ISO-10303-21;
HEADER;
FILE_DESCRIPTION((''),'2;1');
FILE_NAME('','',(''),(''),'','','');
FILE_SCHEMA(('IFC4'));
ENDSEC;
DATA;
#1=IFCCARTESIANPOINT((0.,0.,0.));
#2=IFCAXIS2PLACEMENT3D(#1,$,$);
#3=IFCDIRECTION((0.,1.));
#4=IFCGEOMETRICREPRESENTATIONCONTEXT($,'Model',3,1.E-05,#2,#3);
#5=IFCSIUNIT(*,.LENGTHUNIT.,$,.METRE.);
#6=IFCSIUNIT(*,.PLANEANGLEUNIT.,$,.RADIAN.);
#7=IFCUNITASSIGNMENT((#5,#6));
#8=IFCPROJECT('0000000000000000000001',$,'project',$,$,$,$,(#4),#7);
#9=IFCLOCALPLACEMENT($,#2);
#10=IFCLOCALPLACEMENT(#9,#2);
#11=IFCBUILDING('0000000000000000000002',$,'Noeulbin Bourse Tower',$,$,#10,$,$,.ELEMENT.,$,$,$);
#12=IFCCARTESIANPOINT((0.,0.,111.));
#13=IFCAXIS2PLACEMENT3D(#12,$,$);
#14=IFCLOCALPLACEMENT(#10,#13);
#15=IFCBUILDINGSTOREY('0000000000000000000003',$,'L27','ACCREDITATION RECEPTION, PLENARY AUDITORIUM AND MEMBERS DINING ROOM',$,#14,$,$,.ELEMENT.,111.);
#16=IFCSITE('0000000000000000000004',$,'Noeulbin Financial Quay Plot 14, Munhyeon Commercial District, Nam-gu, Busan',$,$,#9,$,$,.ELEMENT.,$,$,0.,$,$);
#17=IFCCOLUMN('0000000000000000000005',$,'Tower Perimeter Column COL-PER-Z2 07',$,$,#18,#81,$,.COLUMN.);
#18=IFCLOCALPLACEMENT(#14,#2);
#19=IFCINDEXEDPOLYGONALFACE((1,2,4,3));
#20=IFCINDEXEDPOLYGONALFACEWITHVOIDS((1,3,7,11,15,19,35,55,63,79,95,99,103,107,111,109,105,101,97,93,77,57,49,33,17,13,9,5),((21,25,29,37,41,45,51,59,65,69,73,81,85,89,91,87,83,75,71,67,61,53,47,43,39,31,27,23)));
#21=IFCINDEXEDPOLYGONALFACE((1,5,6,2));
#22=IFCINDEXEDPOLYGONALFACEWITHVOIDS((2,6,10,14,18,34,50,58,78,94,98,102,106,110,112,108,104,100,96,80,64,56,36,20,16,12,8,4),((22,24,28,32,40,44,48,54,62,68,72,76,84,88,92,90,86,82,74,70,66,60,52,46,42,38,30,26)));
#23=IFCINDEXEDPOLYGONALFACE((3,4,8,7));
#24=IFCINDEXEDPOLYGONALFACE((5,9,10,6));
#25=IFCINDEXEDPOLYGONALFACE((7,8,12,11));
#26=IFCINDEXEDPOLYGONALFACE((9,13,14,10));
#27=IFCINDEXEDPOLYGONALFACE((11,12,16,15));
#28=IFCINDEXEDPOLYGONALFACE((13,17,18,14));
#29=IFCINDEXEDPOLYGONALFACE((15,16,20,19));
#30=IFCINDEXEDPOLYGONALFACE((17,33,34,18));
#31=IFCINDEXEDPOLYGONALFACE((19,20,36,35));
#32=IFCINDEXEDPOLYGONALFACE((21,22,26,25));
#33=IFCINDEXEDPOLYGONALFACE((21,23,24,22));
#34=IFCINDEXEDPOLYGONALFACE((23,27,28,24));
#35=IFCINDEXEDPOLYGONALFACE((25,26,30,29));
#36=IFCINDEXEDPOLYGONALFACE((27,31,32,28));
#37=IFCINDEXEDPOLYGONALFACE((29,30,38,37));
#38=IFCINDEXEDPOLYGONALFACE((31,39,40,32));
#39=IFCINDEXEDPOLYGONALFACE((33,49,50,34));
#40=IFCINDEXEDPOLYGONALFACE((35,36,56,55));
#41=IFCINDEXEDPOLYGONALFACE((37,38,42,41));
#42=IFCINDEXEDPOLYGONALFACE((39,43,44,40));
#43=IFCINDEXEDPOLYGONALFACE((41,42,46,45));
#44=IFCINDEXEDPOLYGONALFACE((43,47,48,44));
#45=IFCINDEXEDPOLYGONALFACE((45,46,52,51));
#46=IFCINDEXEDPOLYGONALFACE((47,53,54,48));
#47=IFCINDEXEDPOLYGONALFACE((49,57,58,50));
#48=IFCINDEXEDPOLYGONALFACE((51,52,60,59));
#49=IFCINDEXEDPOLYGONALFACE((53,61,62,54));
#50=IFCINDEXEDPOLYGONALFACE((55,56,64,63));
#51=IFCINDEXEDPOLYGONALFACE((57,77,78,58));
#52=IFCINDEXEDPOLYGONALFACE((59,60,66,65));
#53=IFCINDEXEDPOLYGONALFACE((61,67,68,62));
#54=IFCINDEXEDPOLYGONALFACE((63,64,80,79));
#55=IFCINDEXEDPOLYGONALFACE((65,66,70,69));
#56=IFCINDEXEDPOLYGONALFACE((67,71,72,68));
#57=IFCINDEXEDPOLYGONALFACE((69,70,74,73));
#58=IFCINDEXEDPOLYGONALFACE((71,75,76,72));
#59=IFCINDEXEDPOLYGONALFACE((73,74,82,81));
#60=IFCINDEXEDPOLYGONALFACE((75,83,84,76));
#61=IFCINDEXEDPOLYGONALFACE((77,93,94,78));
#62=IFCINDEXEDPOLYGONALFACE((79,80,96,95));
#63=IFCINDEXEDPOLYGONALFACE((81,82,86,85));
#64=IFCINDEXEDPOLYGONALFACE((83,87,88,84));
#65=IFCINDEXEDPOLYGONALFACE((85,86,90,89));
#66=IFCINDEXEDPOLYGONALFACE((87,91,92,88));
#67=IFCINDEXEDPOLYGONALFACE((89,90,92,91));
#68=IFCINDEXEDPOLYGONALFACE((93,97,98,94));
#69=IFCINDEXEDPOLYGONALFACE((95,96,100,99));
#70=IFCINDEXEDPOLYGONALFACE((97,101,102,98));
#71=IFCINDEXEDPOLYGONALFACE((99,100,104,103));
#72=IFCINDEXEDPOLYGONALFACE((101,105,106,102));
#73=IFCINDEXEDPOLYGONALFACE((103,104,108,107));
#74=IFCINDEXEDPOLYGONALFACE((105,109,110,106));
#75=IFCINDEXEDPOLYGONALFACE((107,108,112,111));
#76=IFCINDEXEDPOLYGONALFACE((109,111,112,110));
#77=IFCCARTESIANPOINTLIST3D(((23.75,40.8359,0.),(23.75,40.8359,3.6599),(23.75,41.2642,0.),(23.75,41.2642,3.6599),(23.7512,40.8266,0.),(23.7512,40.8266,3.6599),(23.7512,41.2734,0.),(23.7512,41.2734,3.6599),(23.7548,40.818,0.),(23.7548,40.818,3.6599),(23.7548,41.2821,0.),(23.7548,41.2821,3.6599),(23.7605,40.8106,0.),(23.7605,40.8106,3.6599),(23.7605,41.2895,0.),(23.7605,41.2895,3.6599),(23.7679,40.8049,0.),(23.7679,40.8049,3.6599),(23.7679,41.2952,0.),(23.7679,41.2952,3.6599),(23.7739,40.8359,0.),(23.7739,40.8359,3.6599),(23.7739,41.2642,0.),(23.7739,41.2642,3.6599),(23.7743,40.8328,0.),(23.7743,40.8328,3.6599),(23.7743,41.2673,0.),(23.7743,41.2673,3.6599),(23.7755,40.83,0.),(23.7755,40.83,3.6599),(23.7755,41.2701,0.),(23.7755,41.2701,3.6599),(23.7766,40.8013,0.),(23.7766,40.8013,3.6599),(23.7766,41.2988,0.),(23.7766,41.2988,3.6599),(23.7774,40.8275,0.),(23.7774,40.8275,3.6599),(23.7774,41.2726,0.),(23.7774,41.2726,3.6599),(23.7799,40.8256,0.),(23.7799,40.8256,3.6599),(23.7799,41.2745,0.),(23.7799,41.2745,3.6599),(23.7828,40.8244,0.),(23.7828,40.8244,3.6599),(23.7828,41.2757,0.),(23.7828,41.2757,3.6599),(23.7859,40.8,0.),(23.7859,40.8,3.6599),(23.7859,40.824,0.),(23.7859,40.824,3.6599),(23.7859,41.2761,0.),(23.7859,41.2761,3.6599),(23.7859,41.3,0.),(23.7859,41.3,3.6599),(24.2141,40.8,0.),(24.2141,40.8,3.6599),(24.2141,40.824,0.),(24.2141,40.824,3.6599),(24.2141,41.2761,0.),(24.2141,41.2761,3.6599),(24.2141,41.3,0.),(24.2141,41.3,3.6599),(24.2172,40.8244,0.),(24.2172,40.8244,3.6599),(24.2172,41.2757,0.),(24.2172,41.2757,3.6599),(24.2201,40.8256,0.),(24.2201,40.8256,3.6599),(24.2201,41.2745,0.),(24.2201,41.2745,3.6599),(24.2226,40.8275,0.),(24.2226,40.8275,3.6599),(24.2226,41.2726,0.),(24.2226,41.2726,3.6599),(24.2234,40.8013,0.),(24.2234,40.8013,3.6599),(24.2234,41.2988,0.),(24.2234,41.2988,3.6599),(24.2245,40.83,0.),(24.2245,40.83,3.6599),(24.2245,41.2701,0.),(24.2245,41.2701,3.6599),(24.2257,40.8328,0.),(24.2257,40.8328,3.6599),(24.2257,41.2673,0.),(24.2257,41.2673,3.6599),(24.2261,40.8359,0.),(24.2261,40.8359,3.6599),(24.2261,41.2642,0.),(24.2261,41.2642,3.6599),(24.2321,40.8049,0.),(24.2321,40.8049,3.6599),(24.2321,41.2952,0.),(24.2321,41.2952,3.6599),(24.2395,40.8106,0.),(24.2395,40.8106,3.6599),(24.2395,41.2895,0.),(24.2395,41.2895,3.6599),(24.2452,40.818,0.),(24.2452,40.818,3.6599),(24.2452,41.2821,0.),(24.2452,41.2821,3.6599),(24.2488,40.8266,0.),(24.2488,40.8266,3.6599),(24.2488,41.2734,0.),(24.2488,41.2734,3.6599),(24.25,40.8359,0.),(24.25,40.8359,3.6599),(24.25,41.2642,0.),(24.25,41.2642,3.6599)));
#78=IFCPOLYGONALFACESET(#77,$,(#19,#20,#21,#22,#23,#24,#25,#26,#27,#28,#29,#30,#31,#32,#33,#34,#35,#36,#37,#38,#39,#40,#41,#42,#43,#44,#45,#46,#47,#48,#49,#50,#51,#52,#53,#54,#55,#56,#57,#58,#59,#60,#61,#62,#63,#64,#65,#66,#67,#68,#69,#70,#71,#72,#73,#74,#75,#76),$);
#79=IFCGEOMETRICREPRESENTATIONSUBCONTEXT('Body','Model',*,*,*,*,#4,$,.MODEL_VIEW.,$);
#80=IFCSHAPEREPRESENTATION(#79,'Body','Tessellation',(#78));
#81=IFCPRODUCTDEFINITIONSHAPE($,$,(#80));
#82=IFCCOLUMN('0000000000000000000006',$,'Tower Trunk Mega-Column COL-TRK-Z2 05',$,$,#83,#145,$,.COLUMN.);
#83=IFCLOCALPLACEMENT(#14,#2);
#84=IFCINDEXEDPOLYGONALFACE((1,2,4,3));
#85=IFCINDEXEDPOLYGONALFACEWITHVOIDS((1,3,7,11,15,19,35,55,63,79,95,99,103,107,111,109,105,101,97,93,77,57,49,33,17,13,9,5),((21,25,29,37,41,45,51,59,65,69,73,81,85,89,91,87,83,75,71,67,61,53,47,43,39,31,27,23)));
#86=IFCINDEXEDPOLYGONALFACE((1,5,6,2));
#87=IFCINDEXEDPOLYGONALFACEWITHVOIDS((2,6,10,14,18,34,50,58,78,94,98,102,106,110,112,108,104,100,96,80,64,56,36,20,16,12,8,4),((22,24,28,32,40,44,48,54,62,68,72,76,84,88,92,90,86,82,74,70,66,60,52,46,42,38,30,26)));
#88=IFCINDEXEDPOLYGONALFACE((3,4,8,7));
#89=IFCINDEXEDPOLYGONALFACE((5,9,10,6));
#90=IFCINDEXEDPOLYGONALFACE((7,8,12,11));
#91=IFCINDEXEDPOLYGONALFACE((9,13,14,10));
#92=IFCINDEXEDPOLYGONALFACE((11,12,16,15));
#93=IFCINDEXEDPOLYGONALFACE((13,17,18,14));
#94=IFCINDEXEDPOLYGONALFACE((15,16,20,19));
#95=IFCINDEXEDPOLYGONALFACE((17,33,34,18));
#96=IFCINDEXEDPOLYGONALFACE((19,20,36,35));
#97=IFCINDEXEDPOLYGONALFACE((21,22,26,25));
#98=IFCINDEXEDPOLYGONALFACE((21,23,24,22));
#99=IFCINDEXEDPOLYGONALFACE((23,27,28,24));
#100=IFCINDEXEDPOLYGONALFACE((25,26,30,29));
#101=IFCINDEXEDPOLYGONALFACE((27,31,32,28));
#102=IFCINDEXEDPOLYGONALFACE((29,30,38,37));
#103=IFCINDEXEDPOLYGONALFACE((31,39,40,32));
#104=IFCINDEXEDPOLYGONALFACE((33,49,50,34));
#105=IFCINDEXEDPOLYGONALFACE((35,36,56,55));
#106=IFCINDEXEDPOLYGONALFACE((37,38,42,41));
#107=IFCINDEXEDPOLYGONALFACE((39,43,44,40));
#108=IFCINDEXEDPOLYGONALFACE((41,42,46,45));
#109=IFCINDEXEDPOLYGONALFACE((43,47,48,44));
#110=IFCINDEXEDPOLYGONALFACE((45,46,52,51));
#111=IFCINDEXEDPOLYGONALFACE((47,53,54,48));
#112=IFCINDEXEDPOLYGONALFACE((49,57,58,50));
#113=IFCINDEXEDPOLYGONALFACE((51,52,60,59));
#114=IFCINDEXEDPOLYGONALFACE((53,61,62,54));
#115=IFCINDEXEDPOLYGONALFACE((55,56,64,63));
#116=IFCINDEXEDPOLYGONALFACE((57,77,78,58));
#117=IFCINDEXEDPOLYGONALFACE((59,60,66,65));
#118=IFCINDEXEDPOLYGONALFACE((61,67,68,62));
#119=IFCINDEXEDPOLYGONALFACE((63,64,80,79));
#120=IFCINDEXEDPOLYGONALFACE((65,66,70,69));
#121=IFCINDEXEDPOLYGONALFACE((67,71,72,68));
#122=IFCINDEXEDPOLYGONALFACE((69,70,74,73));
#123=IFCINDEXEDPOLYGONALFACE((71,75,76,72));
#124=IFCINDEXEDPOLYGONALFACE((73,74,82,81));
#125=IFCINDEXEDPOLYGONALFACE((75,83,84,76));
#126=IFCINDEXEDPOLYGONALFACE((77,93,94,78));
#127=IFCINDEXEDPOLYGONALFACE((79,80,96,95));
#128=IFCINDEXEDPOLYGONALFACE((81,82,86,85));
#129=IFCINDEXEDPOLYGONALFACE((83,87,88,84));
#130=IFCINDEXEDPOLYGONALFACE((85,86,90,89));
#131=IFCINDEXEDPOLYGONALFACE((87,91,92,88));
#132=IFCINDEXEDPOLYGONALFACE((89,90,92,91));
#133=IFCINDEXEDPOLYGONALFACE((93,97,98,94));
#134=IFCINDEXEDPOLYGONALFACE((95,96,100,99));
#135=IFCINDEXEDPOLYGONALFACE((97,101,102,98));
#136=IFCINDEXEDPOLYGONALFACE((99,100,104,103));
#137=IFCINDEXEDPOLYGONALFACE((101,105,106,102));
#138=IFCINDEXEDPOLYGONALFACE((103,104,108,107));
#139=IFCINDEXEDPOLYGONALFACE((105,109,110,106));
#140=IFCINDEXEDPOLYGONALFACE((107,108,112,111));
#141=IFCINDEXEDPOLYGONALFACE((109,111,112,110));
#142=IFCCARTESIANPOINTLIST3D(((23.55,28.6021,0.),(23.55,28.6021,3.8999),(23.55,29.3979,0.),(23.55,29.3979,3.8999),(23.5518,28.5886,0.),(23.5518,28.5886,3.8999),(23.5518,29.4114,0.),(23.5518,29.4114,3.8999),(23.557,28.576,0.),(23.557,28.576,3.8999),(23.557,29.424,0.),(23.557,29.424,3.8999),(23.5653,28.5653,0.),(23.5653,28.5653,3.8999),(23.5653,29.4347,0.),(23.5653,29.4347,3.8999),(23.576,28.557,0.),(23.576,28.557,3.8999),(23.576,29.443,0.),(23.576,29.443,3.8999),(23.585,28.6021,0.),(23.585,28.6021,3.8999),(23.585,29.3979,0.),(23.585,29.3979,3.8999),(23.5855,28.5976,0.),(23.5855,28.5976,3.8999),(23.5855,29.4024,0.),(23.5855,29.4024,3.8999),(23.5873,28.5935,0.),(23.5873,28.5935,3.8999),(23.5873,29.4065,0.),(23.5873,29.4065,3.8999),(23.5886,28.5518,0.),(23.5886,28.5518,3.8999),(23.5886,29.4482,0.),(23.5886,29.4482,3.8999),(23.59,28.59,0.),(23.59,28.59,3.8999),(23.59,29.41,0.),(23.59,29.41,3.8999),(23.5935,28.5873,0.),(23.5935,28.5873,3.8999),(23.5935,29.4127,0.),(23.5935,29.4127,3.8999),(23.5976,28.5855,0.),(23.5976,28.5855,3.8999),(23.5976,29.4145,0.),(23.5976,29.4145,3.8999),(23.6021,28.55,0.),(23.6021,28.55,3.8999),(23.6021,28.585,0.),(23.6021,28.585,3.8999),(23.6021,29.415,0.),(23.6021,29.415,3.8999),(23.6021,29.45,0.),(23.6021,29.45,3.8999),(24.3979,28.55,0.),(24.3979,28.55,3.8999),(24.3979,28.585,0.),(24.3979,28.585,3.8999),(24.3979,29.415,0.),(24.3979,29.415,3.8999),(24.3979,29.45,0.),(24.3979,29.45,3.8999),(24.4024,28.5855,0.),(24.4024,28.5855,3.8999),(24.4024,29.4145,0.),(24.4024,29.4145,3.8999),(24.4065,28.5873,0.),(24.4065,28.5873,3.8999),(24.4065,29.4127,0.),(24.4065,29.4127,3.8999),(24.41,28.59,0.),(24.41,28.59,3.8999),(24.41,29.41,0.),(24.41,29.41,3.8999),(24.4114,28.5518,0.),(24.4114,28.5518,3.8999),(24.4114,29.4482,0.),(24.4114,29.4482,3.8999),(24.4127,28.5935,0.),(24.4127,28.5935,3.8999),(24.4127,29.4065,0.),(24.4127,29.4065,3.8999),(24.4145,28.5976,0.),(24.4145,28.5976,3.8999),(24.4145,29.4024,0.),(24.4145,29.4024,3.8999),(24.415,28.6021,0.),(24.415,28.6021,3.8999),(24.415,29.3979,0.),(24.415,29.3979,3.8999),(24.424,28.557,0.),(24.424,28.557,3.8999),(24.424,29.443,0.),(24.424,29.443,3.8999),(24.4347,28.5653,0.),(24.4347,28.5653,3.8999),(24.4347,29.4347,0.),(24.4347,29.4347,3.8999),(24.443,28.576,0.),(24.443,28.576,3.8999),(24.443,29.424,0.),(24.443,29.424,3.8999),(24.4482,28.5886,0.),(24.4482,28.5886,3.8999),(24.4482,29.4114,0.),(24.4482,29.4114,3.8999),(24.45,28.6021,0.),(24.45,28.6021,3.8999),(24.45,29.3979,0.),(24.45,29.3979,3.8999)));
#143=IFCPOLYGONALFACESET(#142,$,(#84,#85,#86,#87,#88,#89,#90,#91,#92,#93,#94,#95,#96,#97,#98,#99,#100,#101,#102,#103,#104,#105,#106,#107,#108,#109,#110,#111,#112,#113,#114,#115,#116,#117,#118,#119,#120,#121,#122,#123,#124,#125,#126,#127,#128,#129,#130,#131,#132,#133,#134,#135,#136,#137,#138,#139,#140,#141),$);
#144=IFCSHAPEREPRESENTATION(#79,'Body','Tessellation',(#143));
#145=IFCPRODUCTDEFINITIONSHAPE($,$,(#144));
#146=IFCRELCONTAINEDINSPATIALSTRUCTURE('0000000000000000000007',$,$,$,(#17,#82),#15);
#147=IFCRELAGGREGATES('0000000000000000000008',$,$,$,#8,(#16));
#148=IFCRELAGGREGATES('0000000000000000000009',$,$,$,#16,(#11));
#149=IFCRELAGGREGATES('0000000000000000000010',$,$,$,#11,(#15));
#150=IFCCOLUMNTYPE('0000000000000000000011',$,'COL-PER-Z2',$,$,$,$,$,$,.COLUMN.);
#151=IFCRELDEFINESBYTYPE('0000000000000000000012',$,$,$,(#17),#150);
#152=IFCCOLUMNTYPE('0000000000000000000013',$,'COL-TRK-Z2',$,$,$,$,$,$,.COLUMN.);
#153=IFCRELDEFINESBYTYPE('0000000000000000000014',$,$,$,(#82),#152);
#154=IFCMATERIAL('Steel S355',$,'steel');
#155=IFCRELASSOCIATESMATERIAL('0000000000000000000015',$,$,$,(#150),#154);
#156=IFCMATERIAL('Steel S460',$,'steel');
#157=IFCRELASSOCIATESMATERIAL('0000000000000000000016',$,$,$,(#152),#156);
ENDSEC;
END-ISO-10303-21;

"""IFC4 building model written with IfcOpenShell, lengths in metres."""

from ifc_helpers import new_model, si_unit, direction, frame, origin, origin_2d, place, context, subcontext, project, spatial, hollow_rectangle, extrude, material, material_profile, profile_set, type_object, element, save


model = new_model("IFC4")

# Units and contexts
model_context = context("Model", 3, precision=1e-05, world=origin(), true_north=direction((0.0, 1.0)))
body_context = subcontext(model_context, "Body", "Model", "MODEL_VIEW")
ifc_project = project(units=[si_unit("LENGTHUNIT", "METRE"), si_unit("PLANEANGLEUNIT", "RADIAN")], contexts=[model_context])

# Site, building, storey
site_placement = place(None, origin())
site = spatial("IfcSite", under=ifc_project, at=site_placement, Name="Noeulbin Financial Quay Plot 14, Munhyeon Commercial District, Nam-gu, Busan", CompositionType="ELEMENT", RefElevation=0.0)
building_placement = place(site_placement, origin())
building = spatial("IfcBuilding", under=site, at=building_placement, Name="Noeulbin Bourse Tower", CompositionType="ELEMENT")
storey_placement = place(building_placement, frame((0.0, 0.0, 111.0)))
storey = spatial("IfcBuildingStorey", under=building, at=storey_placement, Name="L27", Description="ACCREDITATION RECEPTION, PLENARY AUDITORIUM AND MEMBERS DINING ROOM", CompositionType="ELEMENT", Elevation=111.0)

# Columns
ifc_material_1 = material(Name="Steel S355", Category="steel")
ifc_material_profile_1 = material_profile(ifc_material_1, hollow_rectangle(XDim=0.5, YDim=0.5, WallThickness=0.0239, InnerFilletRadius=0.012, OuterFilletRadius=0.0359, at=origin_2d()), Name="BOX-500x500x24", Category="LoadBearing")
ifc_profile_set_1 = profile_set([ifc_material_profile_1], Name="Steel S355")
column_type_1 = type_object("IfcColumnType", Name="COL-PER-Z2", PredefinedType="COLUMN", material=ifc_profile_set_1)
column_placement = place(storey_placement, frame((24.0, 41.05, 0.0), z_axis=(0.0, 0.0, 1.0), x_axis=(1.0, 0.0, 0.0)))
element("IfcColumn", 1, at=column_placement, inside=storey, type_object=column_type_1, Name="Tower Perimeter Column COL-PER-Z2 07", PredefinedType="COLUMN", context=body_context, shape_type="SweptSolid", body=[
    extrude(hollow_rectangle(XDim=0.5, YDim=0.5, WallThickness=0.0239, InnerFilletRadius=0.012, OuterFilletRadius=0.0359, at=origin_2d()), origin(), (0.0, 0.0, 1.0), 3.6599),
])
ifc_material_2 = material(Name="Steel S460", Category="steel")
ifc_material_profile_2 = material_profile(ifc_material_2, hollow_rectangle(XDim=0.8999, YDim=0.8999, WallThickness=0.0349, InnerFilletRadius=0.0171, OuterFilletRadius=0.052, at=origin_2d()), Name="BOX-900x900x35", Category="LoadBearing")
ifc_profile_set_2 = profile_set([ifc_material_profile_2], Name="Steel S460")
column_type_2 = type_object("IfcColumnType", Name="COL-TRK-Z2", PredefinedType="COLUMN", material=ifc_profile_set_2)
for number, where, z_axis, x_axis, name in (
    (2, (24.0, 29.0, 0.0), (0.0, 0.0, 1.0), (1.0, 0.0, 0.0), "Tower Trunk Mega-Column COL-TRK-Z2 05"),
):
    element("IfcColumn", number, at=place(storey_placement, frame(where, z_axis=z_axis, x_axis=x_axis)), inside=storey, type_object=column_type_2, Name=name, PredefinedType="COLUMN", context=body_context, shape_type="SweptSolid", body=[
        extrude(hollow_rectangle(XDim=0.8999, YDim=0.8999, WallThickness=0.0349, InnerFilletRadius=0.0171, OuterFilletRadius=0.052, at=origin_2d()), origin(), (0.0, 0.0, 1.0), 3.8999),
    ])

save(model, "model.ifc")
